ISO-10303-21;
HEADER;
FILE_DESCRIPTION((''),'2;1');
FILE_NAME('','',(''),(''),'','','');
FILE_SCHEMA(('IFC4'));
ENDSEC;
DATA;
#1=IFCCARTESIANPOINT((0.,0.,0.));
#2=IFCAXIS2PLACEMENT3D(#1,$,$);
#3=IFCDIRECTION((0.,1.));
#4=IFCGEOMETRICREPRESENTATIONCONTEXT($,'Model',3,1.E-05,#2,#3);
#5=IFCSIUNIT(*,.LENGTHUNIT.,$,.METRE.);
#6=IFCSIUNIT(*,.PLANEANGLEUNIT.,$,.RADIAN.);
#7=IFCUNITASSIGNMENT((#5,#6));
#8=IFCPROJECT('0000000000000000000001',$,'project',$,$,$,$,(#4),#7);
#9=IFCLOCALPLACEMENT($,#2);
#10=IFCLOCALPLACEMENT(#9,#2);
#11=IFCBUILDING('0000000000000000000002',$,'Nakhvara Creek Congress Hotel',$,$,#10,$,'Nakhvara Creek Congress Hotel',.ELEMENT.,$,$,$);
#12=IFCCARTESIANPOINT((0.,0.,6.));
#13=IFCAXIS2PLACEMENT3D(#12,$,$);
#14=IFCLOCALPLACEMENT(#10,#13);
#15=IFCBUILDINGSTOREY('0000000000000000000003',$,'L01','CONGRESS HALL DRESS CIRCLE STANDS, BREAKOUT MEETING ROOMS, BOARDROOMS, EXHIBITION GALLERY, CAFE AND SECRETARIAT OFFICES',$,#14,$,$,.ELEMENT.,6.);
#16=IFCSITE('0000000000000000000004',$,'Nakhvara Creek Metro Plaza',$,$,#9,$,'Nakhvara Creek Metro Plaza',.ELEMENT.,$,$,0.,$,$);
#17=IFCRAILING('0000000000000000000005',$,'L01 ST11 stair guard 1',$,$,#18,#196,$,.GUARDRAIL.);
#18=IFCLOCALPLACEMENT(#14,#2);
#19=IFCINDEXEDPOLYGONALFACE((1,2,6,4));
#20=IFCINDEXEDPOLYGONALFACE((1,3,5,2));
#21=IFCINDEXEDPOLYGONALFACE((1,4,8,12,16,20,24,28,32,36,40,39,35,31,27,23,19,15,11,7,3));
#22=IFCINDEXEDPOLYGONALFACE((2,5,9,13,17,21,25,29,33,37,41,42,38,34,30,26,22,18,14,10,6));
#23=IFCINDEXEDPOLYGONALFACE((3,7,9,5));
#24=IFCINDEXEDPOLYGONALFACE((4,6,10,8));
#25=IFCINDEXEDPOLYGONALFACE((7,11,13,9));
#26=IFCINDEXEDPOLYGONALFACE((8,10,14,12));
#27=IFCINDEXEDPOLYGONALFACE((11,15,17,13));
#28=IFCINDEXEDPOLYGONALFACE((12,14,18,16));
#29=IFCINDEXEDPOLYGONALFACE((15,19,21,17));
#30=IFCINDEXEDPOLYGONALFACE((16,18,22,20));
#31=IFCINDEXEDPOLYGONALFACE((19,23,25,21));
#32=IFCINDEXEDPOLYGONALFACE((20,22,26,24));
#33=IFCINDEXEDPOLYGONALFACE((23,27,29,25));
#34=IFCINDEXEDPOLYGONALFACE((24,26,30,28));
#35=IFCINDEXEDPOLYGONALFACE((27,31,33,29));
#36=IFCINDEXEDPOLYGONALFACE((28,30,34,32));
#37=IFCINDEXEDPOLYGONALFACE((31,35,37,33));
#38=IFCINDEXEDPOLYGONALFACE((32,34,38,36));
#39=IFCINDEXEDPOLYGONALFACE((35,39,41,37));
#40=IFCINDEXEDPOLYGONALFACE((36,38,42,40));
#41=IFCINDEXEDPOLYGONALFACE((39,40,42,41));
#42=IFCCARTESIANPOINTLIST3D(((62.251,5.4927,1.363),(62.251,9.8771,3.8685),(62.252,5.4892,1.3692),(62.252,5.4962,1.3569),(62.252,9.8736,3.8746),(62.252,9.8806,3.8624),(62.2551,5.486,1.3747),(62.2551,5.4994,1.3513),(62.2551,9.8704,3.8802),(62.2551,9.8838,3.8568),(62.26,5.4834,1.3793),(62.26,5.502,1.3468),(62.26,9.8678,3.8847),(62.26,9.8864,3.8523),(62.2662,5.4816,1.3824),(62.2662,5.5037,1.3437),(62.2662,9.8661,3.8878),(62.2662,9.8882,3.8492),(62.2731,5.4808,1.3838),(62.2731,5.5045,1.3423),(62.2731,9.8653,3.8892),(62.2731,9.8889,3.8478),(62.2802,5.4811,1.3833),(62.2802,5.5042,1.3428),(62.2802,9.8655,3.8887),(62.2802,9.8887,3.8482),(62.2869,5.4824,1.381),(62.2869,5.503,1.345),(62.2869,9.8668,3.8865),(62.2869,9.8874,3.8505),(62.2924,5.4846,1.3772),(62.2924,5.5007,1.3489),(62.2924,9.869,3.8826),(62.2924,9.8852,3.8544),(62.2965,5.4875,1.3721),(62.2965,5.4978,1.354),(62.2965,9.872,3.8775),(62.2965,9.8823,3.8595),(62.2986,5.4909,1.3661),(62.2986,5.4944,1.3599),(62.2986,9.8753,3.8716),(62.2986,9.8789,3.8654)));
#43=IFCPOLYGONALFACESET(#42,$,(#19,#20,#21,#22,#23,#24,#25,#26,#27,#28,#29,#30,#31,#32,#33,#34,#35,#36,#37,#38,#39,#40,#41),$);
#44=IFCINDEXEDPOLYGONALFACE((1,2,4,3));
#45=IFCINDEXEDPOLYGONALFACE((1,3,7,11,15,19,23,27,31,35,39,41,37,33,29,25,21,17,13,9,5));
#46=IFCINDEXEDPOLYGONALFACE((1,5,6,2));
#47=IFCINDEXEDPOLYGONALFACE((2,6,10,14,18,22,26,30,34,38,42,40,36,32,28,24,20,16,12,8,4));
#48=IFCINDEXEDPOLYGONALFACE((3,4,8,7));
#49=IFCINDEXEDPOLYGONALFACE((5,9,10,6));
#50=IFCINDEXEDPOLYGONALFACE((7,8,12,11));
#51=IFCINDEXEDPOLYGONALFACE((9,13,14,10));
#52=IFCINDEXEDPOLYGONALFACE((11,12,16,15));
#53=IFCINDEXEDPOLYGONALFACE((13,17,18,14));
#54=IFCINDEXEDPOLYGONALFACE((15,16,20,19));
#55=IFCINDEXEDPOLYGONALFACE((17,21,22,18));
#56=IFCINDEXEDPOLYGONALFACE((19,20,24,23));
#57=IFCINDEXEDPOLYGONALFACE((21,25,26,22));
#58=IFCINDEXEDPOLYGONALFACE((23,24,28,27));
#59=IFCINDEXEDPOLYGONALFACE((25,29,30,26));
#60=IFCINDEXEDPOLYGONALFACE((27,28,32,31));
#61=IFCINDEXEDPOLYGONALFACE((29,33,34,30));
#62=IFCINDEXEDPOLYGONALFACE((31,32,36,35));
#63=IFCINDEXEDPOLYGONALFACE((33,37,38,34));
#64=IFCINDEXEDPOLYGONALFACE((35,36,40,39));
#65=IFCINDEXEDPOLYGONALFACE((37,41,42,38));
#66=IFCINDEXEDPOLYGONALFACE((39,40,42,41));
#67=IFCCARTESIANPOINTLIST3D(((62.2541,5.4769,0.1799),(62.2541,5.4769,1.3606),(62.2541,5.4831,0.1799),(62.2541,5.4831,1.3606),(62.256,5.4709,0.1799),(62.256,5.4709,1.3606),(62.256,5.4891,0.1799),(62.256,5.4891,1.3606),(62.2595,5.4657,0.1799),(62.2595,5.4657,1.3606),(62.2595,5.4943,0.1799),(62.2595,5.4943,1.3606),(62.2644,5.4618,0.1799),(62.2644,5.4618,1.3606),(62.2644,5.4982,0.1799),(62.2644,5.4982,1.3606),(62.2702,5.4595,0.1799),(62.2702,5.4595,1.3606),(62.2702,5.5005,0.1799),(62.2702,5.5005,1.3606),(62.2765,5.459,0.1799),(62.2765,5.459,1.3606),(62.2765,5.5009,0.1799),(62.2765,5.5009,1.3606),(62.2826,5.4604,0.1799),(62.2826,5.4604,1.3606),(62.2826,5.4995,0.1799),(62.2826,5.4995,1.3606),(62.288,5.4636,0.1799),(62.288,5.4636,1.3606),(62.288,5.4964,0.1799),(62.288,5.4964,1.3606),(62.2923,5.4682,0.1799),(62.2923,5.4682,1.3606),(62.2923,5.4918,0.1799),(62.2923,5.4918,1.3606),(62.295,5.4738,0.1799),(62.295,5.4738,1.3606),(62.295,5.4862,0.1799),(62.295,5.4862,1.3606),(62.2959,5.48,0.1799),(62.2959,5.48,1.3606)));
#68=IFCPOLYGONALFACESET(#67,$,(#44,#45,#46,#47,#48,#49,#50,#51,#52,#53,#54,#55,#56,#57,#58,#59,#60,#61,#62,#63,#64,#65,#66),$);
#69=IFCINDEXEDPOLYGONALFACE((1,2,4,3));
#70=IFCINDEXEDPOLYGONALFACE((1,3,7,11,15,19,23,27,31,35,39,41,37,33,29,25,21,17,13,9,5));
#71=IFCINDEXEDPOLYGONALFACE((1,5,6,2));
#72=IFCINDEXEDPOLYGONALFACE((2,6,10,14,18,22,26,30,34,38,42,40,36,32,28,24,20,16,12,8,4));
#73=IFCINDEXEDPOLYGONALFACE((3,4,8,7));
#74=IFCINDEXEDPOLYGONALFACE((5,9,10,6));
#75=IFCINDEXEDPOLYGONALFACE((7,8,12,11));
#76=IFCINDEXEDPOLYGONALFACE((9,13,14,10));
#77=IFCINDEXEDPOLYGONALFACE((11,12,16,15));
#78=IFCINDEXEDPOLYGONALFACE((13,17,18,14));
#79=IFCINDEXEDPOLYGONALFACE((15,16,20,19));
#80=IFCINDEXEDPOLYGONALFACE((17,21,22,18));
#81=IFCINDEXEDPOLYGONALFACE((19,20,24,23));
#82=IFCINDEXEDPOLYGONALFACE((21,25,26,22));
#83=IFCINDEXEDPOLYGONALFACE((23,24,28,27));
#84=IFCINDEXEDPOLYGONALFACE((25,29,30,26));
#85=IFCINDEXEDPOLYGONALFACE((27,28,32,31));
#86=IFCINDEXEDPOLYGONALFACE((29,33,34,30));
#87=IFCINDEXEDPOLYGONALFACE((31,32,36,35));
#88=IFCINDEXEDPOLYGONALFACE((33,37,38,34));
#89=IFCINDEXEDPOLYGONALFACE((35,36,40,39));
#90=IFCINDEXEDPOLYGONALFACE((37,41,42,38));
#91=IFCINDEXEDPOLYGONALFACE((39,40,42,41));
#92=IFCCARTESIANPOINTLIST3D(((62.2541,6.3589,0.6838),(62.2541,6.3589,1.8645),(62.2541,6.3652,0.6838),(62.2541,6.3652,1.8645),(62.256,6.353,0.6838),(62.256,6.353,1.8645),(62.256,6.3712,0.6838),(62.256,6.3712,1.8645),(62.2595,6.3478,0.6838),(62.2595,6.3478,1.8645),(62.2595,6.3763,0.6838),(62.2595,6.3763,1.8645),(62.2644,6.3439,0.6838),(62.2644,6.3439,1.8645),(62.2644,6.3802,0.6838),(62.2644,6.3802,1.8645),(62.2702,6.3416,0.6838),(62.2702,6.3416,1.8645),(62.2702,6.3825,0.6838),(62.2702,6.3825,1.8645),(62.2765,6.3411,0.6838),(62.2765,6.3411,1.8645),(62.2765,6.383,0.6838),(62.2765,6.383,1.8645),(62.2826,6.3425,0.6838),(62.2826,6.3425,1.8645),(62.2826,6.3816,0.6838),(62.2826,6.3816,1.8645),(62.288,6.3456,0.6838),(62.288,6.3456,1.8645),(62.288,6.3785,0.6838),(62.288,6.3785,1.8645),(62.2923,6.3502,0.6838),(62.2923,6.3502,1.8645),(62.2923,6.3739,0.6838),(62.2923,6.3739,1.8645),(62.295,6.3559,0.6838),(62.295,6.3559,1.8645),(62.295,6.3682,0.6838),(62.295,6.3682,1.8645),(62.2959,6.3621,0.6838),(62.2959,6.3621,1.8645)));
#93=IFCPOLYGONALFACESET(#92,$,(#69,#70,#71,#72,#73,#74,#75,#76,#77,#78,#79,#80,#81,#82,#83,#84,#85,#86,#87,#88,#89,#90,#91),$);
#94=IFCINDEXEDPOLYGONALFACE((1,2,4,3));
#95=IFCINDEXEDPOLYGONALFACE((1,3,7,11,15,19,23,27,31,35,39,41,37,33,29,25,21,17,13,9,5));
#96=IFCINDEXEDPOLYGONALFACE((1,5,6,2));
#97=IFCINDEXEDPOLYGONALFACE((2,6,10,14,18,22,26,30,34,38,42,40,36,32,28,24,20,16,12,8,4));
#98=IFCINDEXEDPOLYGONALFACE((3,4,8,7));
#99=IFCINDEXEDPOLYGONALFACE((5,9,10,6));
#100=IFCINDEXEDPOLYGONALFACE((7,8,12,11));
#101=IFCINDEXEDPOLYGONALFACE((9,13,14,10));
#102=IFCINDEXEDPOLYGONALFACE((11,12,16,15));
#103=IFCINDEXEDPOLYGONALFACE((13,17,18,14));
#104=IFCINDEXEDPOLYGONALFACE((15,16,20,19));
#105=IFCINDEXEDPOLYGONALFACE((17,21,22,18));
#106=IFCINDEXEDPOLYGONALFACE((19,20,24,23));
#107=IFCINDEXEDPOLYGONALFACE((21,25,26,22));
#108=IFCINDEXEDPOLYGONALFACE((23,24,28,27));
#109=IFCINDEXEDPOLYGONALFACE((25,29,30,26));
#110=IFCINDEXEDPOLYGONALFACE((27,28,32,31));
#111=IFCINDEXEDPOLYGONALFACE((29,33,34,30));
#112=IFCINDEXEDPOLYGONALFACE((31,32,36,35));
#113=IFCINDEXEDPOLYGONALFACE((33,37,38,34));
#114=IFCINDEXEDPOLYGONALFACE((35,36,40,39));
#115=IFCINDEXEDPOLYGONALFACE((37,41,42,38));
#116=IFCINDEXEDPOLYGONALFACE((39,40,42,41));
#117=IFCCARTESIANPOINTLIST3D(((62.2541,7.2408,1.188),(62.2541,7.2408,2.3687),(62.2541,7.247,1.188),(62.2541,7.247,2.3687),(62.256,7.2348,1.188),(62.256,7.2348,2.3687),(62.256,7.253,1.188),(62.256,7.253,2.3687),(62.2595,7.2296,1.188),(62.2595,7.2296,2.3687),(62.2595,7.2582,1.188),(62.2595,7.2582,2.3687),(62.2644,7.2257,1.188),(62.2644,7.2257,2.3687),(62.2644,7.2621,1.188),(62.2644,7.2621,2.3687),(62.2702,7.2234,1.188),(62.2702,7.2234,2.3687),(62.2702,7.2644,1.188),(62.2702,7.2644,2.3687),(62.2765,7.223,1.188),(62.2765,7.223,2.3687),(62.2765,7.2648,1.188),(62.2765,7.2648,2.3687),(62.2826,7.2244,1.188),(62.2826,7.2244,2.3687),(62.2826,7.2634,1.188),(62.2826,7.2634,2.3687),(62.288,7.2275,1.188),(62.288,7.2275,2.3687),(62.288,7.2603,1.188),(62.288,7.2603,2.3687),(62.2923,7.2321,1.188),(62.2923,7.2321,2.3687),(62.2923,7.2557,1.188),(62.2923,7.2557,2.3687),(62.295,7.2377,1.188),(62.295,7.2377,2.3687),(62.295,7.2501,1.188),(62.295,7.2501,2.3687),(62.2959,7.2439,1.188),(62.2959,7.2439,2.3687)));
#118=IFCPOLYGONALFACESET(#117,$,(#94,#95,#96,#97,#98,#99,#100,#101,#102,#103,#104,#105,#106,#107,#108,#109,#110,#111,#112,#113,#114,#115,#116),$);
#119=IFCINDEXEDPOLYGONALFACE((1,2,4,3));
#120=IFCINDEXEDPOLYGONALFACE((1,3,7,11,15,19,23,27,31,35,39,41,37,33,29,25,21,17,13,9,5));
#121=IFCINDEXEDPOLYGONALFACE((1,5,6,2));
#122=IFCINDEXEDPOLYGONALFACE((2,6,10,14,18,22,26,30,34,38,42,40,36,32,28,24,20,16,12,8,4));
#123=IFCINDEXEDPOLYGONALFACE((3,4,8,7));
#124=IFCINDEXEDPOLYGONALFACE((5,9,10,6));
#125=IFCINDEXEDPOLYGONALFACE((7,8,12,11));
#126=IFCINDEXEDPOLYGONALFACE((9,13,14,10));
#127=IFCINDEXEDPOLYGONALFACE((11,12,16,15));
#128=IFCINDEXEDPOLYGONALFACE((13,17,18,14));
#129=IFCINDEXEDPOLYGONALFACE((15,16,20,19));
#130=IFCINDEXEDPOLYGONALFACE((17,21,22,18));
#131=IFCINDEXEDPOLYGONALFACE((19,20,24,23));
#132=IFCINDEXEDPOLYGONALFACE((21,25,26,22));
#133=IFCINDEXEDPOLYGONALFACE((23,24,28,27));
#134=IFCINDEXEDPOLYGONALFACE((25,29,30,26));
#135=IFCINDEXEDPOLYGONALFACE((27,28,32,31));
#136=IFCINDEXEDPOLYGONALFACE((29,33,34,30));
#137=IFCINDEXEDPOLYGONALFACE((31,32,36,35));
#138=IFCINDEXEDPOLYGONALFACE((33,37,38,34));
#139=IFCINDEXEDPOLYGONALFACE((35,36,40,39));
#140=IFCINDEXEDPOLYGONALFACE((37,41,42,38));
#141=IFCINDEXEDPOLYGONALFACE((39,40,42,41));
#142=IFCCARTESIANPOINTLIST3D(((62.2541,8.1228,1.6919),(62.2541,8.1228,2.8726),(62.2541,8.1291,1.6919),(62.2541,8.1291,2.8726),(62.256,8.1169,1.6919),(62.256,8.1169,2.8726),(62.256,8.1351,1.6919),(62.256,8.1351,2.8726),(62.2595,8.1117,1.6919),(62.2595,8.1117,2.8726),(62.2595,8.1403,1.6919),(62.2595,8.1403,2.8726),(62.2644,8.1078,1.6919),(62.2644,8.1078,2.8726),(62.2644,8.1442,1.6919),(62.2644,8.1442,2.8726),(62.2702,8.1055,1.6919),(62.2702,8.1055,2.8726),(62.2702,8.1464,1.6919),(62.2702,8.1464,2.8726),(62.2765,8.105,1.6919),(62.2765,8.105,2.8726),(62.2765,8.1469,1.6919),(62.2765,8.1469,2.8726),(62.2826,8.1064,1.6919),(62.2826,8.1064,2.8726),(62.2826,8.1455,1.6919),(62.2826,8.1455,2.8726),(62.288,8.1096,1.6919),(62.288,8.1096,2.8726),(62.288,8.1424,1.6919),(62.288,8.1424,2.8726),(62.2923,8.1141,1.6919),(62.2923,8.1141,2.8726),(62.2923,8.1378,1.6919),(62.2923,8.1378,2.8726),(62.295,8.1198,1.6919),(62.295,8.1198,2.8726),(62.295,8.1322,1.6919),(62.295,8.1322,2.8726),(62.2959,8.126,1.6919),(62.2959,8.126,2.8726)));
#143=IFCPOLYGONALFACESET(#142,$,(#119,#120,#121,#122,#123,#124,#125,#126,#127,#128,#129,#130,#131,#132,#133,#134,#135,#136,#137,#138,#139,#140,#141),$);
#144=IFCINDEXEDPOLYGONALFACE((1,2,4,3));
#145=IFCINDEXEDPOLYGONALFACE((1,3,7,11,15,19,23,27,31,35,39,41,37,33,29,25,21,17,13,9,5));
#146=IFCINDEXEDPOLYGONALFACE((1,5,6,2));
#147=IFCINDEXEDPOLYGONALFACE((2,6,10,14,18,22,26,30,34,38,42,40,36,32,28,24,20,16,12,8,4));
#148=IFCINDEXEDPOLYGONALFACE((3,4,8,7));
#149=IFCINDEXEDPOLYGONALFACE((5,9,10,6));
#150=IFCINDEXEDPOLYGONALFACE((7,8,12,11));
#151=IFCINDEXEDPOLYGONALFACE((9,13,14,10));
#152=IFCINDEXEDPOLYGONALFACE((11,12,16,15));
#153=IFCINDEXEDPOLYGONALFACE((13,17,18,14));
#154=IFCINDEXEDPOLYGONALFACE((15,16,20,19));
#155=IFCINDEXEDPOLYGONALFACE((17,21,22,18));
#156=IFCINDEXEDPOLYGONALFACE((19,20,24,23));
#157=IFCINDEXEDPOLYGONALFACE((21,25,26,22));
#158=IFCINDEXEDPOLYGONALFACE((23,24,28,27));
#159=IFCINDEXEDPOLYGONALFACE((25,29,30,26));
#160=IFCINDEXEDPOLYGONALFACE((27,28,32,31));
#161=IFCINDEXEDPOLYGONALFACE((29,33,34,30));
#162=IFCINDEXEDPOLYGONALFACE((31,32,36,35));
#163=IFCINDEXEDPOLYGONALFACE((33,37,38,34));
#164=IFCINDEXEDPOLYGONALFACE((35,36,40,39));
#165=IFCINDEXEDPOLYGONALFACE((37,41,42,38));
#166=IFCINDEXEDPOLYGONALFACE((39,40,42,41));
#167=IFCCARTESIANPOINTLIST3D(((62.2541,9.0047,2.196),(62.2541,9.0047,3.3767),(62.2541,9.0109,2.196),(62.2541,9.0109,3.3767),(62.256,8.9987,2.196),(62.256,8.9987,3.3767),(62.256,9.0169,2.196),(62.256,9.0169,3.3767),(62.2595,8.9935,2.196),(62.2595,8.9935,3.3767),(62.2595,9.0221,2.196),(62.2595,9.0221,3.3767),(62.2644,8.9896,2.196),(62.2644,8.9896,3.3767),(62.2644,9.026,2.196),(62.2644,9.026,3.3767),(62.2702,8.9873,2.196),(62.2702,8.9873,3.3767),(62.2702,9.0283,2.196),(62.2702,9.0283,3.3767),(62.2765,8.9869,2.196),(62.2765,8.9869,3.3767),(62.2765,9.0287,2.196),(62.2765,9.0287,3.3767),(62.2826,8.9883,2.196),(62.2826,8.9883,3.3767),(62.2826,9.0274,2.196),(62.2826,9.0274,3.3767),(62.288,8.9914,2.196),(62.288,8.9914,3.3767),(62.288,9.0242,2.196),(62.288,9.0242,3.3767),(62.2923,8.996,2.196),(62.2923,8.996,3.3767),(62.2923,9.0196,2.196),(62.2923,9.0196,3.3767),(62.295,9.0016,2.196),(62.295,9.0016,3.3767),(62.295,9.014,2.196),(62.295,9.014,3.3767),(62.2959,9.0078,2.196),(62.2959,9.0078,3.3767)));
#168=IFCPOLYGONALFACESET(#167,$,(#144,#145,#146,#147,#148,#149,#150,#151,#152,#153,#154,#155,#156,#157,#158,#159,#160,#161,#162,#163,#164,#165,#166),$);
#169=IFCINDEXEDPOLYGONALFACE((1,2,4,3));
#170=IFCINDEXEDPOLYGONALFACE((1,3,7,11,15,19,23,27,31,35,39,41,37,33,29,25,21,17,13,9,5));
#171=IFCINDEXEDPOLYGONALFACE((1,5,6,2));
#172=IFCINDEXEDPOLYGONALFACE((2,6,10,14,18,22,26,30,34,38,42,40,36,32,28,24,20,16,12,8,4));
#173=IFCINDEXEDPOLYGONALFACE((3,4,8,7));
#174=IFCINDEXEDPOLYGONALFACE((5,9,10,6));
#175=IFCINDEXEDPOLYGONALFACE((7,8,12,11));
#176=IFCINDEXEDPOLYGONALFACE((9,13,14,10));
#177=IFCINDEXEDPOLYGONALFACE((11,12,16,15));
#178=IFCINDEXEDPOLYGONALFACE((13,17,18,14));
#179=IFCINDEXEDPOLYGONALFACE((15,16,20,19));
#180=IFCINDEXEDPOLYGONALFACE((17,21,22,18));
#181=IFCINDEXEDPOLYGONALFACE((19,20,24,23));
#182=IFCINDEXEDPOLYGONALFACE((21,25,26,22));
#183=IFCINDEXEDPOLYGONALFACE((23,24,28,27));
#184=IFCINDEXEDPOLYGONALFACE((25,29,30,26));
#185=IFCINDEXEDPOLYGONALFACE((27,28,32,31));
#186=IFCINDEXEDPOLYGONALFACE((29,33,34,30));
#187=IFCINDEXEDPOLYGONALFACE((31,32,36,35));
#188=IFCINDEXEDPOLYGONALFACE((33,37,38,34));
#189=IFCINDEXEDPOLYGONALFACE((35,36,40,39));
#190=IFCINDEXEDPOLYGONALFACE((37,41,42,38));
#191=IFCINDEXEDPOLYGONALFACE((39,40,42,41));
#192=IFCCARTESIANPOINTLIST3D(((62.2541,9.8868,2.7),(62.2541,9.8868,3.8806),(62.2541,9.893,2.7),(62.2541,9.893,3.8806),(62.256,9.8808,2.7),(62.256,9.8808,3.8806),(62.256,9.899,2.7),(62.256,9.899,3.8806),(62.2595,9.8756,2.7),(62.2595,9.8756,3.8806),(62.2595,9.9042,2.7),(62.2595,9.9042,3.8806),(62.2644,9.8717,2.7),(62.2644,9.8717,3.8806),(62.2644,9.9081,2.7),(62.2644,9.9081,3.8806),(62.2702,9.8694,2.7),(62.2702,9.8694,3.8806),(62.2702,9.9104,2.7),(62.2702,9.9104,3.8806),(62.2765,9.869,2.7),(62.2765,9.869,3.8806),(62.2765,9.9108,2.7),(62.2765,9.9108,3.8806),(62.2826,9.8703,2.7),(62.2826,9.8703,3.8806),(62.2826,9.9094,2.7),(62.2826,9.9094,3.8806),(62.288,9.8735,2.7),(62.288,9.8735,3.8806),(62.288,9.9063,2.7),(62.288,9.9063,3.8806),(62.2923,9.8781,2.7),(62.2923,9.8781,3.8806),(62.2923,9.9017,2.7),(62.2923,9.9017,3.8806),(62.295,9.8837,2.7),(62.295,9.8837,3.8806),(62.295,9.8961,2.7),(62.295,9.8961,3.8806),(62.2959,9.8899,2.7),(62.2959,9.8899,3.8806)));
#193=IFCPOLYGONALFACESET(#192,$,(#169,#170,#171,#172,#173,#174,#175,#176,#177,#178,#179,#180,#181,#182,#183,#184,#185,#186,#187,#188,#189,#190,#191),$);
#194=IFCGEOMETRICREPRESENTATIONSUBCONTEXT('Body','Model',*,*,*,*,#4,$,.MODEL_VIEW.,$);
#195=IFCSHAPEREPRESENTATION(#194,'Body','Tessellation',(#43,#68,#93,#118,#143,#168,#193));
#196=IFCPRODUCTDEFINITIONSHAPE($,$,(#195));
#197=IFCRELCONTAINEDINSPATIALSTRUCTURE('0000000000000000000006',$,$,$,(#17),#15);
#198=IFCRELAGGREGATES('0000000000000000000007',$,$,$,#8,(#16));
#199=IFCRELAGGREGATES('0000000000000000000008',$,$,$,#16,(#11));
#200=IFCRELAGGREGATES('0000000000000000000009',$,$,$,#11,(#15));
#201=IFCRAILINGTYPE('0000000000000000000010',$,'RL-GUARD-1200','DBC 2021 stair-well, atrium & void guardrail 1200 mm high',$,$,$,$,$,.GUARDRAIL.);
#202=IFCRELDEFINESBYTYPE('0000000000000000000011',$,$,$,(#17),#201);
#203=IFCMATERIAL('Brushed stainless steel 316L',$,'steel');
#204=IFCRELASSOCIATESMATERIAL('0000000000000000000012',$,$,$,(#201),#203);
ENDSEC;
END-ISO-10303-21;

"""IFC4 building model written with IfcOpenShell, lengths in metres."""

from ifc_helpers import new_model, si_unit, direction, frame, origin, origin_2d, place, context, subcontext, project, spatial, circle, extrude, material, type_object, element, save


model = new_model("IFC4")

# Units and contexts
model_context = context("Model", 3, precision=1e-05, world=origin(), true_north=direction((0.0, 1.0)))
body_context = subcontext(model_context, "Body", "Model", "MODEL_VIEW")
ifc_project = project(units=[si_unit("LENGTHUNIT", "METRE"), si_unit("PLANEANGLEUNIT", "RADIAN")], contexts=[model_context])

# Site, building, storey
site_placement = place(None, origin())
site = spatial("IfcSite", under=ifc_project, at=site_placement, Name="Nakhvara Creek Metro Plaza", LongName="Nakhvara Creek Metro Plaza", CompositionType="ELEMENT", RefElevation=0.0)
building_placement = place(site_placement, origin())
building = spatial("IfcBuilding", under=site, at=building_placement, Name="Nakhvara Creek Congress Hotel", LongName="Nakhvara Creek Congress Hotel", CompositionType="ELEMENT")
storey_placement = place(building_placement, frame((0.0, 0.0, 6.0)))
storey = spatial("IfcBuildingStorey", under=building, at=storey_placement, Name="L01", Description="CONGRESS HALL DRESS CIRCLE STANDS, BREAKOUT MEETING ROOMS, BOARDROOMS, EXHIBITION GALLERY, CAFE AND SECRETARIAT OFFICES", CompositionType="ELEMENT", Elevation=6.0)

# Railing
ifc_material_1 = material(Name="Brushed stainless steel 316L", Category="steel")
railing_type = type_object("IfcRailingType", Name="RL-GUARD-1200", Description="DBC 2021 stair-well, atrium & void guardrail 1200 mm high", PredefinedType="GUARDRAIL", material=ifc_material_1)
railing_1_placement = place(storey_placement, frame((62.2749, 5.48, 0.1799)))
element("IfcRailing", 1, at=railing_1_placement, inside=storey, type_object=railing_type, Name="L01 ST11 stair guard 1", PredefinedType="GUARDRAIL", context=body_context, shape_type="SweptSolid", body=[
    extrude(circle(Radius=0.0239, at=origin_2d()), frame((0.0, 0.0127, 1.1831), z_axis=(0.0, 0.868237, 0.496149), x_axis=(-1.0, 0.0, 0.0)), (0.0, 0.0, 1.0), 5.0498),
    extrude(circle(Radius=0.021, at=origin_2d()), origin(), (0.0, 0.0, 1.0), 1.1807),
    extrude(circle(Radius=0.021, at=origin_2d()), frame((0.0, 0.8821, 0.5039)), (0.0, 0.0, 1.0), 1.1807),
    extrude(circle(Radius=0.021, at=origin_2d()), frame((0.0, 1.7639, 1.0081)), (0.0, 0.0, 1.0), 1.1807),
    extrude(circle(Radius=0.021, at=origin_2d()), frame((0.0, 2.646, 1.512)), (0.0, 0.0, 1.0), 1.1807),
    extrude(circle(Radius=0.021, at=origin_2d()), frame((0.0, 3.5278, 2.0161)), (0.0, 0.0, 1.0), 1.1807),
    extrude(circle(Radius=0.021, at=origin_2d()), frame((0.0, 4.4099, 2.52)), (0.0, 0.0, 1.0), 1.1807),
])

save(model, "model.ifc")
